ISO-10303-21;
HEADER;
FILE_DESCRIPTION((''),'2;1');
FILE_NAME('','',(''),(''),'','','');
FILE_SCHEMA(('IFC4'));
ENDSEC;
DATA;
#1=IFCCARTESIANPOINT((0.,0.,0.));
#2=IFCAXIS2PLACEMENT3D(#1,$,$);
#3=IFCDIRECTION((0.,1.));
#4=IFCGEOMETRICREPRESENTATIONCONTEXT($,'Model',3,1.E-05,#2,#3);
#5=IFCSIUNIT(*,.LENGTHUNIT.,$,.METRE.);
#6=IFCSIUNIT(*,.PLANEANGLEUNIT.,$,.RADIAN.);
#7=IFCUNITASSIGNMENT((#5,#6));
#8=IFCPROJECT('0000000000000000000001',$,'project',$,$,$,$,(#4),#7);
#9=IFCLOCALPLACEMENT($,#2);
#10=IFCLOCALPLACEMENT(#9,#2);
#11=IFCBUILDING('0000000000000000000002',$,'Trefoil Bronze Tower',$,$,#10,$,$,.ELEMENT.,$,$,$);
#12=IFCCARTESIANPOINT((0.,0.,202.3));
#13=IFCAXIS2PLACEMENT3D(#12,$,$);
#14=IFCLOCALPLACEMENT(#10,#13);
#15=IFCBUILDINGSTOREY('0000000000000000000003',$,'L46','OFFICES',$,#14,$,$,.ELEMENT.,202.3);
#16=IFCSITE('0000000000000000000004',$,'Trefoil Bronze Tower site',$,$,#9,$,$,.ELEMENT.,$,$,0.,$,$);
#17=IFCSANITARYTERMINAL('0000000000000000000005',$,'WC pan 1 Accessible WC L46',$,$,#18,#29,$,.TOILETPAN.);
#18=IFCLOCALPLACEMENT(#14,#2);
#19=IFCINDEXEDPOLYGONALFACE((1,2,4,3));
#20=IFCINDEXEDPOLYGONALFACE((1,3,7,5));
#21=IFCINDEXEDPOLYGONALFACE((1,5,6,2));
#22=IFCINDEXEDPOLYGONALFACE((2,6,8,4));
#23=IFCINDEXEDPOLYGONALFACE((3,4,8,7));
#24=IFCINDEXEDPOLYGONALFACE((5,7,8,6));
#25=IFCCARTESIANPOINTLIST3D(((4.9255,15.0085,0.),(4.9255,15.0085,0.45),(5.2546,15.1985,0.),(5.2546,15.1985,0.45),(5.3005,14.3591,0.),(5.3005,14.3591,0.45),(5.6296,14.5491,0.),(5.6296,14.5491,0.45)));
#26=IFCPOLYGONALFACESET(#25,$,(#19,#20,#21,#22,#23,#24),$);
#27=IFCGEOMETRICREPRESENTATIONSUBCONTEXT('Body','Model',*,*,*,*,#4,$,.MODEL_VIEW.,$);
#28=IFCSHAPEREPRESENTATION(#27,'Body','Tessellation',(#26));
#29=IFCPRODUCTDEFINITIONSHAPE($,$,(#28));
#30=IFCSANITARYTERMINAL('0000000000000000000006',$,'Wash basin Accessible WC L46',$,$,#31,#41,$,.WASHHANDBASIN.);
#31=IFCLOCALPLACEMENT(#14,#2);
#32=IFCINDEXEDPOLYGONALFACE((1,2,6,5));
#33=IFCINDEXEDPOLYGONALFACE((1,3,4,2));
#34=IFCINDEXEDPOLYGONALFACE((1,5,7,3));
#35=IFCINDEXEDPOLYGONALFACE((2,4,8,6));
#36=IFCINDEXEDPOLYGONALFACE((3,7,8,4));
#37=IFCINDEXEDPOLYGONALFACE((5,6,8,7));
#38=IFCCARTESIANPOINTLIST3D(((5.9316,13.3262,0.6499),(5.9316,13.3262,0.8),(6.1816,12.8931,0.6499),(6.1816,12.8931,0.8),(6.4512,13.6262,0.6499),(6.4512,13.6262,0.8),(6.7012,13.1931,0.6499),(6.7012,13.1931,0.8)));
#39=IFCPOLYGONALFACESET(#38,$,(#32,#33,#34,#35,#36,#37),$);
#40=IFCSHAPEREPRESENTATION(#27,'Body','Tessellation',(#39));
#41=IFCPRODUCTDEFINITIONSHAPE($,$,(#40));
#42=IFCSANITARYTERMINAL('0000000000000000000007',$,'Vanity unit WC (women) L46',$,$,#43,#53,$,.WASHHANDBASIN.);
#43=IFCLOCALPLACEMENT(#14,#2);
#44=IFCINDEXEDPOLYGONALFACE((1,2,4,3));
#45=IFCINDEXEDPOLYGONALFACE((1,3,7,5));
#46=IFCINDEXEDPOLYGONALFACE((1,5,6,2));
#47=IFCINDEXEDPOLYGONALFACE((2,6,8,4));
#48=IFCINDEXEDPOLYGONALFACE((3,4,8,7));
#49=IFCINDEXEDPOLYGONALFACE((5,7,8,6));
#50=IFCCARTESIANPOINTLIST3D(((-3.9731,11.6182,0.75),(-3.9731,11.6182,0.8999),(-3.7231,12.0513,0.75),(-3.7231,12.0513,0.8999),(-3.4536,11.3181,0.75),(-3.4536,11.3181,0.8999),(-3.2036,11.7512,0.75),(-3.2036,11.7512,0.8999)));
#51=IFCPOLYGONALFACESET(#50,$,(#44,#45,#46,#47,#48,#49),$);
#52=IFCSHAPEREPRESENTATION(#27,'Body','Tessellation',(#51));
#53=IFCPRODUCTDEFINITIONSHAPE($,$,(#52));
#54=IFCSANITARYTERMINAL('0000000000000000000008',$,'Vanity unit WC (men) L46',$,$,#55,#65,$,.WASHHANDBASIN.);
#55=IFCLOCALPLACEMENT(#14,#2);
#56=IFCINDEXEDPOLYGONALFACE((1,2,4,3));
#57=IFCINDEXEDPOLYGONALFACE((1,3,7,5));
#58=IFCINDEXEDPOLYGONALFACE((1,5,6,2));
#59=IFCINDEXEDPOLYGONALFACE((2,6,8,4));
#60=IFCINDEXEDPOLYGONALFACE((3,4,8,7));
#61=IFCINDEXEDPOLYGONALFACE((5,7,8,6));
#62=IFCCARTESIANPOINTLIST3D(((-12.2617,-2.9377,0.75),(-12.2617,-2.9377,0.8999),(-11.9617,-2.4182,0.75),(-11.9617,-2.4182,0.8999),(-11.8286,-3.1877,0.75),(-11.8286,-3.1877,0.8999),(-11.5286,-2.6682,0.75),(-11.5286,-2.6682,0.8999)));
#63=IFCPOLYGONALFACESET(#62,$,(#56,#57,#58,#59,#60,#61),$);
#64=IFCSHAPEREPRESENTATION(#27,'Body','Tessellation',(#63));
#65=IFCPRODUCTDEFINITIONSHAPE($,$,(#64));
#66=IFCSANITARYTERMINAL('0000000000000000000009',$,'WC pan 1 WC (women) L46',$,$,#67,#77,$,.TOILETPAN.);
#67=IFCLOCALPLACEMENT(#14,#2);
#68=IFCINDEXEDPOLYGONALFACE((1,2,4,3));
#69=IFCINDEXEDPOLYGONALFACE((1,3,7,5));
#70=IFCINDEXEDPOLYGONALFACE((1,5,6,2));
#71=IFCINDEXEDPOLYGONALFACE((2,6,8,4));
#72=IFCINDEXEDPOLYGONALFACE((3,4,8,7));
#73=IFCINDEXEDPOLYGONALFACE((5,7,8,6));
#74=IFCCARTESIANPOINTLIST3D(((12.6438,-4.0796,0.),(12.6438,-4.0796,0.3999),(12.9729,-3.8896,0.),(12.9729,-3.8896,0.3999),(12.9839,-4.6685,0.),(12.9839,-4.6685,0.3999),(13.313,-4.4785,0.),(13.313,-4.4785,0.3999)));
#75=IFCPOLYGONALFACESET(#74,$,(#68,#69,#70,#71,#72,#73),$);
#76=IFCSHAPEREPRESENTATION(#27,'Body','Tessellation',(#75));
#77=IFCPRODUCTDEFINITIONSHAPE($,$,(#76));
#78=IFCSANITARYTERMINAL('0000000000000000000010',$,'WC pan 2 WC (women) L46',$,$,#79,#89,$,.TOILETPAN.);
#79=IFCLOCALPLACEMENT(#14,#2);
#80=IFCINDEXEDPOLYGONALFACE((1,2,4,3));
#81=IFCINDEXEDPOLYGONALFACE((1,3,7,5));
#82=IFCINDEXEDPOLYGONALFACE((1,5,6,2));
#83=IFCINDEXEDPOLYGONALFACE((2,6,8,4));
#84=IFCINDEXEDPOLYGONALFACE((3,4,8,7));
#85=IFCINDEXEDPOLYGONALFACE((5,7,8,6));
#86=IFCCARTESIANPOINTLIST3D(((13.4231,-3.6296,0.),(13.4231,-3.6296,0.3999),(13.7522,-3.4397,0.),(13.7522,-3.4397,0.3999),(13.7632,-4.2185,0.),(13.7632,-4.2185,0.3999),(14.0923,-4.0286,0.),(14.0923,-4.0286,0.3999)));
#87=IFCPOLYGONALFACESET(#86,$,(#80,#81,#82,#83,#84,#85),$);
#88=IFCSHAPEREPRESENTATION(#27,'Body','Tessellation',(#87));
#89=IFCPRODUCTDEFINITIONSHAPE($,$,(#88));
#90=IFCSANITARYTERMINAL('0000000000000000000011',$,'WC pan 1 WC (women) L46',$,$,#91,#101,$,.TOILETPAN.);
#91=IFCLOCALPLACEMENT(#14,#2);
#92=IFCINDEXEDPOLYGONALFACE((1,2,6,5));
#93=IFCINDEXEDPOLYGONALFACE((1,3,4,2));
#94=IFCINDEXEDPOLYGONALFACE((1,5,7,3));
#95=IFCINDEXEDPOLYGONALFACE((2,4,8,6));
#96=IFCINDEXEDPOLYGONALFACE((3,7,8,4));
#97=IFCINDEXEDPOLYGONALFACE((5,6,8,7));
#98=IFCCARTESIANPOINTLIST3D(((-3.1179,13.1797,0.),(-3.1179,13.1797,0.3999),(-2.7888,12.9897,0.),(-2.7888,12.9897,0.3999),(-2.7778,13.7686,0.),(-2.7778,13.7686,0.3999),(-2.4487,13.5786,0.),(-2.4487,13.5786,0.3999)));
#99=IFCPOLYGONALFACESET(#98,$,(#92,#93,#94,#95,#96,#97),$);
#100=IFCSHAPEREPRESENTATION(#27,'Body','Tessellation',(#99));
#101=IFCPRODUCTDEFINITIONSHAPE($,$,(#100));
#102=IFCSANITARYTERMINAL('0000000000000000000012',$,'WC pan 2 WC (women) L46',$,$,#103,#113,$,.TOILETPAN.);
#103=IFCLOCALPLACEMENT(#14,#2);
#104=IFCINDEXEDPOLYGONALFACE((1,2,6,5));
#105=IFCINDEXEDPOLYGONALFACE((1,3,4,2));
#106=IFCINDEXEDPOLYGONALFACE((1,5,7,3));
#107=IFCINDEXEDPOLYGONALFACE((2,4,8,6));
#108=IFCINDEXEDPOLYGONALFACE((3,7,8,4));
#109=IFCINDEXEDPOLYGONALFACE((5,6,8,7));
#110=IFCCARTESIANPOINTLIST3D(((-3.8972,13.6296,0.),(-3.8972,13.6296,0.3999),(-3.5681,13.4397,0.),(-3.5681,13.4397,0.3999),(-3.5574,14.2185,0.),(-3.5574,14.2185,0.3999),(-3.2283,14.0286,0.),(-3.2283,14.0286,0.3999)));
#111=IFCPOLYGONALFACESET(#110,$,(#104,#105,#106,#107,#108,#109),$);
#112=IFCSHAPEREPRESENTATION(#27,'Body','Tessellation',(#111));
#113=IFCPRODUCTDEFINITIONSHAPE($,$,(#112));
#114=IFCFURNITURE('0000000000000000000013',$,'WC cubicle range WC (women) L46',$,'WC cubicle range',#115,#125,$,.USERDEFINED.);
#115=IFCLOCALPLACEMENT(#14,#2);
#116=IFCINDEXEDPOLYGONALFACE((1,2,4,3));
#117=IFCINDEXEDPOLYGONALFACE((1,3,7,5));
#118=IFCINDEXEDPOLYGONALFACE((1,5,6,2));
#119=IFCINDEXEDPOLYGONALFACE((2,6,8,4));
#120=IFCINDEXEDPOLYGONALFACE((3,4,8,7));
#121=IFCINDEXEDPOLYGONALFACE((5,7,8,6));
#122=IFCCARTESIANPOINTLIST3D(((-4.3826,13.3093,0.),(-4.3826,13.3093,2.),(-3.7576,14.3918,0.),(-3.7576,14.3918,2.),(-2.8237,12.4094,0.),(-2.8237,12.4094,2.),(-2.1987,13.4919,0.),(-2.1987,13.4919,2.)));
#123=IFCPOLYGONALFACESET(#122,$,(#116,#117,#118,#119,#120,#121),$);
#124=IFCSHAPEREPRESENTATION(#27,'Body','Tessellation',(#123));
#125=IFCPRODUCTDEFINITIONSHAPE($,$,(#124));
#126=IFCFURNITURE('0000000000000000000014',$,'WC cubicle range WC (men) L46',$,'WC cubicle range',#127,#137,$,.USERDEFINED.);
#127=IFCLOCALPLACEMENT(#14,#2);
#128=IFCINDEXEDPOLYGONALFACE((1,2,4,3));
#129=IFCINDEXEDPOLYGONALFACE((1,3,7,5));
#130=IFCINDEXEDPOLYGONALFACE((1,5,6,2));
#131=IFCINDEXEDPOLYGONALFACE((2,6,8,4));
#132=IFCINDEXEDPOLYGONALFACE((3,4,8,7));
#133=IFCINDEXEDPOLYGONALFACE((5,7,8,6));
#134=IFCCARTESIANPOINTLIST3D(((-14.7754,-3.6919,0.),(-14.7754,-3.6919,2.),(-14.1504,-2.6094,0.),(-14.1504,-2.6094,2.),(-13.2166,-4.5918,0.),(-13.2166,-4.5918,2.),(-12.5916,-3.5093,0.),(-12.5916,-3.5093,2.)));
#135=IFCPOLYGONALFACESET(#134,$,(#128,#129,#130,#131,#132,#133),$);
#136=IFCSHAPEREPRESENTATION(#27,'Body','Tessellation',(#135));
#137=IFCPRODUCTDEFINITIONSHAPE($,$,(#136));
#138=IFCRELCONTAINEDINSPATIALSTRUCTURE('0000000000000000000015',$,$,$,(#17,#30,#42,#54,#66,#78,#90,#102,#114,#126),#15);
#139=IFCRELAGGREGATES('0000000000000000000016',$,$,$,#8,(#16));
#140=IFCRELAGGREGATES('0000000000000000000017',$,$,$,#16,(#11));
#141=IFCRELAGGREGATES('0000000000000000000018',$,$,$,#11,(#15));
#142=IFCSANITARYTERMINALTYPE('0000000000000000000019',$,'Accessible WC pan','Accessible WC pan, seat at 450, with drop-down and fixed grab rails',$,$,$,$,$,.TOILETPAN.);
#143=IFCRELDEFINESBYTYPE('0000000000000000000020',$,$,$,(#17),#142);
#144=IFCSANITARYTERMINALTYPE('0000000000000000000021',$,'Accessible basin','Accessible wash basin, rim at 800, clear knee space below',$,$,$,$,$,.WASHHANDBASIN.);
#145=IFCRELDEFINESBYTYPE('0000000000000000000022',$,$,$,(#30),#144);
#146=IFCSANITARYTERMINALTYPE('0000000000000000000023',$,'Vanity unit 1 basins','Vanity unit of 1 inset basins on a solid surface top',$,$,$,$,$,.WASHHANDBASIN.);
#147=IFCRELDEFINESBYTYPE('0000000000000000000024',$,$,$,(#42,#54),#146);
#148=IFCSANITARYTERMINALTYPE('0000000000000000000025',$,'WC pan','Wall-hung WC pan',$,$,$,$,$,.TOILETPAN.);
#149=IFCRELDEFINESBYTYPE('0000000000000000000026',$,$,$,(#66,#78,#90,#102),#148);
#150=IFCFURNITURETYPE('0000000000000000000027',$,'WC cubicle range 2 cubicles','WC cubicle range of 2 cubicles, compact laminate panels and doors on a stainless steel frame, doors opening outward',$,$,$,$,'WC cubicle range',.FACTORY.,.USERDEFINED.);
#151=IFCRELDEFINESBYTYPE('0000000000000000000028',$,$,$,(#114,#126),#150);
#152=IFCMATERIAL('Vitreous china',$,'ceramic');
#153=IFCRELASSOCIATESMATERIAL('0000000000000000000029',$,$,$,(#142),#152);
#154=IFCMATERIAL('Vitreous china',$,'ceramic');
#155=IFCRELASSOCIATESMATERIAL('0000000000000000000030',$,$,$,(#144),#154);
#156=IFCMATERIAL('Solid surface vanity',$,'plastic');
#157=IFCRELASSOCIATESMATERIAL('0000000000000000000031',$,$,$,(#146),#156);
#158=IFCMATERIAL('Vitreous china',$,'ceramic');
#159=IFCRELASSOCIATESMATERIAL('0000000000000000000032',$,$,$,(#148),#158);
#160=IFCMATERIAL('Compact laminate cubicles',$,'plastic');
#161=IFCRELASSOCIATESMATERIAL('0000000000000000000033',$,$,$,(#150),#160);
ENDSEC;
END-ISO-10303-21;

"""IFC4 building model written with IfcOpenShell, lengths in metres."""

from ifc_helpers import new_model, si_unit, direction, frame, origin, place, context, subcontext, project, spatial, polyline, outline, extrude, material, type_object, element, save


model = new_model("IFC4")

# Units and contexts
model_context = context("Model", 3, precision=1e-05, world=origin(), true_north=direction((0.0, 1.0)))
body_context = subcontext(model_context, "Body", "Model", "MODEL_VIEW")
ifc_project = project(units=[si_unit("LENGTHUNIT", "METRE"), si_unit("PLANEANGLEUNIT", "RADIAN")], contexts=[model_context])

# Site, building, storey
site_placement = place(None, origin())
site = spatial("IfcSite", under=ifc_project, at=site_placement, Name="Trefoil Bronze Tower site", CompositionType="ELEMENT", RefElevation=0.0)
building_placement = place(site_placement, origin())
building = spatial("IfcBuilding", under=site, at=building_placement, Name="Trefoil Bronze Tower", CompositionType="ELEMENT")
storey_placement = place(building_placement, frame((0.0, 0.0, 202.3)))
storey = spatial("IfcBuildingStorey", under=building, at=storey_placement, Name="L46", Description="OFFICES", CompositionType="ELEMENT", Elevation=202.3)

# Sanitary terminals
ifc_material_1 = material(Name="Vitreous china", Category="ceramic")
sanitary_terminal_type_1 = type_object("IfcSanitaryTerminalType", Name="Accessible WC pan", Description="Accessible WC pan, seat at 450, with drop-down and fixed grab rails", PredefinedType="TOILETPAN", material=ifc_material_1)
sanitary_terminal_1_placement = place(storey_placement, origin())
element("IfcSanitaryTerminal", 1, at=sanitary_terminal_1_placement, inside=storey, type_object=sanitary_terminal_type_1, Name="WC pan 1 Accessible WC L46", PredefinedType="TOILETPAN", context=body_context, shape_type="SweptSolid", body=[
    extrude(outline(polyline([(5.3005, 14.3591), (4.9255, 15.0085), (5.2546, 15.1985), (5.6296, 14.5491), (5.3005, 14.3591)])), origin(), (0.0, 0.0, 1.0), 0.45),
])
ifc_material_2 = material(Name="Vitreous china", Category="ceramic")
sanitary_terminal_type_2 = type_object("IfcSanitaryTerminalType", Name="Accessible basin", Description="Accessible wash basin, rim at 800, clear knee space below", PredefinedType="WASHHANDBASIN", material=ifc_material_2)
sanitary_terminal_2_placement = place(storey_placement, frame((0.0, 0.0, 0.6499)))
element("IfcSanitaryTerminal", 2, at=sanitary_terminal_2_placement, inside=storey, type_object=sanitary_terminal_type_2, Name="Wash basin Accessible WC L46", PredefinedType="WASHHANDBASIN", context=body_context, shape_type="SweptSolid", body=[
    extrude(outline(polyline([(6.1816, 12.8931), (5.9316, 13.3262), (6.4512, 13.6262), (6.7012, 13.1931), (6.1816, 12.8931)])), origin(), (0.0, 0.0, 1.0), 0.1501),
])
ifc_material_3 = material(Name="Solid surface vanity", Category="plastic")
sanitary_terminal_type_3 = type_object("IfcSanitaryTerminalType", Name="Vanity unit 1 basins", Description="Vanity unit of 1 inset basins on a solid surface top", PredefinedType="WASHHANDBASIN", material=ifc_material_3)
sanitary_terminal_3_placement = place(storey_placement, frame((0.0, 0.0, 0.75)))
element("IfcSanitaryTerminal", 3, at=sanitary_terminal_3_placement, inside=storey, type_object=sanitary_terminal_type_3, Name="Vanity unit WC (women) L46", PredefinedType="WASHHANDBASIN", context=body_context, shape_type="SweptSolid", body=[
    extrude(outline(polyline([(-3.4536, 11.3181), (-3.2036, 11.7512), (-3.7231, 12.0513), (-3.9731, 11.6182), (-3.4536, 11.3181)])), origin(), (0.0, 0.0, 1.0), 0.1499),
])
sanitary_terminal_4_placement = place(storey_placement, frame((0.0, 0.0, 0.75)))
element("IfcSanitaryTerminal", 4, at=sanitary_terminal_4_placement, inside=storey, type_object=sanitary_terminal_type_3, Name="Vanity unit WC (men) L46", PredefinedType="WASHHANDBASIN", context=body_context, shape_type="SweptSolid", body=[
    extrude(outline(polyline([(-11.5286, -2.6682), (-11.8286, -3.1877), (-12.2617, -2.9377), (-11.9617, -2.4182), (-11.5286, -2.6682)])), origin(), (0.0, 0.0, 1.0), 0.1499),
])
ifc_material_4 = material(Name="Vitreous china", Category="ceramic")
sanitary_terminal_type_4 = type_object("IfcSanitaryTerminalType", Name="WC pan", Description="Wall-hung WC pan", PredefinedType="TOILETPAN", material=ifc_material_4)
sanitary_terminal_5_placement = place(storey_placement, origin())
element("IfcSanitaryTerminal", 5, at=sanitary_terminal_5_placement, inside=storey, type_object=sanitary_terminal_type_4, Name="WC pan 1 WC (women) L46", PredefinedType="TOILETPAN", context=body_context, shape_type="SweptSolid", body=[
    extrude(outline(polyline([(12.6438, -4.0796), (12.9839, -4.6685), (13.313, -4.4785), (12.9729, -3.8896), (12.6438, -4.0796)])), origin(), (0.0, 0.0, 1.0), 0.3999),
])
sanitary_terminal_6_placement = place(storey_placement, origin())
element("IfcSanitaryTerminal", 6, at=sanitary_terminal_6_placement, inside=storey, type_object=sanitary_terminal_type_4, Name="WC pan 2 WC (women) L46", PredefinedType="TOILETPAN", context=body_context, shape_type="SweptSolid", body=[
    extrude(outline(polyline([(13.4231, -3.6296), (13.7632, -4.2185), (14.0923, -4.0286), (13.7522, -3.4397), (13.4231, -3.6296)])), origin(), (0.0, 0.0, 1.0), 0.3999),
])
sanitary_terminal_7_placement = place(storey_placement, origin())
element("IfcSanitaryTerminal", 7, at=sanitary_terminal_7_placement, inside=storey, type_object=sanitary_terminal_type_4, Name="WC pan 1 WC (women) L46", PredefinedType="TOILETPAN", context=body_context, shape_type="SweptSolid", body=[
    extrude(outline(polyline([(-2.7888, 12.9897), (-2.4487, 13.5786), (-2.7778, 13.7686), (-3.1179, 13.1797), (-2.7888, 12.9897)])), origin(), (0.0, 0.0, 1.0), 0.3999),
])
sanitary_terminal_8_placement = place(storey_placement, origin())
element("IfcSanitaryTerminal", 8, at=sanitary_terminal_8_placement, inside=storey, type_object=sanitary_terminal_type_4, Name="WC pan 2 WC (women) L46", PredefinedType="TOILETPAN", context=body_context, shape_type="SweptSolid", body=[
    extrude(outline(polyline([(-3.5681, 13.4397), (-3.2283, 14.0286), (-3.5574, 14.2185), (-3.8972, 13.6296), (-3.5681, 13.4397)])), origin(), (0.0, 0.0, 1.0), 0.3999),
])

# Furniture
ifc_material_5 = material(Name="Compact laminate cubicles", Category="plastic")
furniture_type = type_object("IfcFurnitureType", Name="WC cubicle range 2 cubicles", Description="WC cubicle range of 2 cubicles, compact laminate panels and doors on a stainless steel frame, doors opening outward", ElementType="WC cubicle range", AssemblyPlace="FACTORY", PredefinedType="USERDEFINED", material=ifc_material_5)
furniture_1_placement = place(storey_placement, origin())
element("IfcFurniture", 9, at=furniture_1_placement, inside=storey, type_object=furniture_type, Name="WC cubicle range WC (women) L46", ObjectType="WC cubicle range", PredefinedType="USERDEFINED", context=body_context, shape_type="SweptSolid", body=[
    extrude(outline(polyline([(-2.8237, 12.4094), (-2.1987, 13.4919), (-3.7576, 14.3918), (-4.3826, 13.3093), (-2.8237, 12.4094)])), origin(), (0.0, 0.0, 1.0), 2.0),
])
furniture_2_placement = place(storey_placement, origin())
element("IfcFurniture", 10, at=furniture_2_placement, inside=storey, type_object=furniture_type, Name="WC cubicle range WC (men) L46", ObjectType="WC cubicle range", PredefinedType="USERDEFINED", context=body_context, shape_type="SweptSolid", body=[
    extrude(outline(polyline([(-12.5916, -3.5093), (-13.2166, -4.5918), (-14.7754, -3.6919), (-14.1504, -2.6094), (-12.5916, -3.5093)])), origin(), (0.0, 0.0, 1.0), 2.0),
])

save(model, "model.ifc")
